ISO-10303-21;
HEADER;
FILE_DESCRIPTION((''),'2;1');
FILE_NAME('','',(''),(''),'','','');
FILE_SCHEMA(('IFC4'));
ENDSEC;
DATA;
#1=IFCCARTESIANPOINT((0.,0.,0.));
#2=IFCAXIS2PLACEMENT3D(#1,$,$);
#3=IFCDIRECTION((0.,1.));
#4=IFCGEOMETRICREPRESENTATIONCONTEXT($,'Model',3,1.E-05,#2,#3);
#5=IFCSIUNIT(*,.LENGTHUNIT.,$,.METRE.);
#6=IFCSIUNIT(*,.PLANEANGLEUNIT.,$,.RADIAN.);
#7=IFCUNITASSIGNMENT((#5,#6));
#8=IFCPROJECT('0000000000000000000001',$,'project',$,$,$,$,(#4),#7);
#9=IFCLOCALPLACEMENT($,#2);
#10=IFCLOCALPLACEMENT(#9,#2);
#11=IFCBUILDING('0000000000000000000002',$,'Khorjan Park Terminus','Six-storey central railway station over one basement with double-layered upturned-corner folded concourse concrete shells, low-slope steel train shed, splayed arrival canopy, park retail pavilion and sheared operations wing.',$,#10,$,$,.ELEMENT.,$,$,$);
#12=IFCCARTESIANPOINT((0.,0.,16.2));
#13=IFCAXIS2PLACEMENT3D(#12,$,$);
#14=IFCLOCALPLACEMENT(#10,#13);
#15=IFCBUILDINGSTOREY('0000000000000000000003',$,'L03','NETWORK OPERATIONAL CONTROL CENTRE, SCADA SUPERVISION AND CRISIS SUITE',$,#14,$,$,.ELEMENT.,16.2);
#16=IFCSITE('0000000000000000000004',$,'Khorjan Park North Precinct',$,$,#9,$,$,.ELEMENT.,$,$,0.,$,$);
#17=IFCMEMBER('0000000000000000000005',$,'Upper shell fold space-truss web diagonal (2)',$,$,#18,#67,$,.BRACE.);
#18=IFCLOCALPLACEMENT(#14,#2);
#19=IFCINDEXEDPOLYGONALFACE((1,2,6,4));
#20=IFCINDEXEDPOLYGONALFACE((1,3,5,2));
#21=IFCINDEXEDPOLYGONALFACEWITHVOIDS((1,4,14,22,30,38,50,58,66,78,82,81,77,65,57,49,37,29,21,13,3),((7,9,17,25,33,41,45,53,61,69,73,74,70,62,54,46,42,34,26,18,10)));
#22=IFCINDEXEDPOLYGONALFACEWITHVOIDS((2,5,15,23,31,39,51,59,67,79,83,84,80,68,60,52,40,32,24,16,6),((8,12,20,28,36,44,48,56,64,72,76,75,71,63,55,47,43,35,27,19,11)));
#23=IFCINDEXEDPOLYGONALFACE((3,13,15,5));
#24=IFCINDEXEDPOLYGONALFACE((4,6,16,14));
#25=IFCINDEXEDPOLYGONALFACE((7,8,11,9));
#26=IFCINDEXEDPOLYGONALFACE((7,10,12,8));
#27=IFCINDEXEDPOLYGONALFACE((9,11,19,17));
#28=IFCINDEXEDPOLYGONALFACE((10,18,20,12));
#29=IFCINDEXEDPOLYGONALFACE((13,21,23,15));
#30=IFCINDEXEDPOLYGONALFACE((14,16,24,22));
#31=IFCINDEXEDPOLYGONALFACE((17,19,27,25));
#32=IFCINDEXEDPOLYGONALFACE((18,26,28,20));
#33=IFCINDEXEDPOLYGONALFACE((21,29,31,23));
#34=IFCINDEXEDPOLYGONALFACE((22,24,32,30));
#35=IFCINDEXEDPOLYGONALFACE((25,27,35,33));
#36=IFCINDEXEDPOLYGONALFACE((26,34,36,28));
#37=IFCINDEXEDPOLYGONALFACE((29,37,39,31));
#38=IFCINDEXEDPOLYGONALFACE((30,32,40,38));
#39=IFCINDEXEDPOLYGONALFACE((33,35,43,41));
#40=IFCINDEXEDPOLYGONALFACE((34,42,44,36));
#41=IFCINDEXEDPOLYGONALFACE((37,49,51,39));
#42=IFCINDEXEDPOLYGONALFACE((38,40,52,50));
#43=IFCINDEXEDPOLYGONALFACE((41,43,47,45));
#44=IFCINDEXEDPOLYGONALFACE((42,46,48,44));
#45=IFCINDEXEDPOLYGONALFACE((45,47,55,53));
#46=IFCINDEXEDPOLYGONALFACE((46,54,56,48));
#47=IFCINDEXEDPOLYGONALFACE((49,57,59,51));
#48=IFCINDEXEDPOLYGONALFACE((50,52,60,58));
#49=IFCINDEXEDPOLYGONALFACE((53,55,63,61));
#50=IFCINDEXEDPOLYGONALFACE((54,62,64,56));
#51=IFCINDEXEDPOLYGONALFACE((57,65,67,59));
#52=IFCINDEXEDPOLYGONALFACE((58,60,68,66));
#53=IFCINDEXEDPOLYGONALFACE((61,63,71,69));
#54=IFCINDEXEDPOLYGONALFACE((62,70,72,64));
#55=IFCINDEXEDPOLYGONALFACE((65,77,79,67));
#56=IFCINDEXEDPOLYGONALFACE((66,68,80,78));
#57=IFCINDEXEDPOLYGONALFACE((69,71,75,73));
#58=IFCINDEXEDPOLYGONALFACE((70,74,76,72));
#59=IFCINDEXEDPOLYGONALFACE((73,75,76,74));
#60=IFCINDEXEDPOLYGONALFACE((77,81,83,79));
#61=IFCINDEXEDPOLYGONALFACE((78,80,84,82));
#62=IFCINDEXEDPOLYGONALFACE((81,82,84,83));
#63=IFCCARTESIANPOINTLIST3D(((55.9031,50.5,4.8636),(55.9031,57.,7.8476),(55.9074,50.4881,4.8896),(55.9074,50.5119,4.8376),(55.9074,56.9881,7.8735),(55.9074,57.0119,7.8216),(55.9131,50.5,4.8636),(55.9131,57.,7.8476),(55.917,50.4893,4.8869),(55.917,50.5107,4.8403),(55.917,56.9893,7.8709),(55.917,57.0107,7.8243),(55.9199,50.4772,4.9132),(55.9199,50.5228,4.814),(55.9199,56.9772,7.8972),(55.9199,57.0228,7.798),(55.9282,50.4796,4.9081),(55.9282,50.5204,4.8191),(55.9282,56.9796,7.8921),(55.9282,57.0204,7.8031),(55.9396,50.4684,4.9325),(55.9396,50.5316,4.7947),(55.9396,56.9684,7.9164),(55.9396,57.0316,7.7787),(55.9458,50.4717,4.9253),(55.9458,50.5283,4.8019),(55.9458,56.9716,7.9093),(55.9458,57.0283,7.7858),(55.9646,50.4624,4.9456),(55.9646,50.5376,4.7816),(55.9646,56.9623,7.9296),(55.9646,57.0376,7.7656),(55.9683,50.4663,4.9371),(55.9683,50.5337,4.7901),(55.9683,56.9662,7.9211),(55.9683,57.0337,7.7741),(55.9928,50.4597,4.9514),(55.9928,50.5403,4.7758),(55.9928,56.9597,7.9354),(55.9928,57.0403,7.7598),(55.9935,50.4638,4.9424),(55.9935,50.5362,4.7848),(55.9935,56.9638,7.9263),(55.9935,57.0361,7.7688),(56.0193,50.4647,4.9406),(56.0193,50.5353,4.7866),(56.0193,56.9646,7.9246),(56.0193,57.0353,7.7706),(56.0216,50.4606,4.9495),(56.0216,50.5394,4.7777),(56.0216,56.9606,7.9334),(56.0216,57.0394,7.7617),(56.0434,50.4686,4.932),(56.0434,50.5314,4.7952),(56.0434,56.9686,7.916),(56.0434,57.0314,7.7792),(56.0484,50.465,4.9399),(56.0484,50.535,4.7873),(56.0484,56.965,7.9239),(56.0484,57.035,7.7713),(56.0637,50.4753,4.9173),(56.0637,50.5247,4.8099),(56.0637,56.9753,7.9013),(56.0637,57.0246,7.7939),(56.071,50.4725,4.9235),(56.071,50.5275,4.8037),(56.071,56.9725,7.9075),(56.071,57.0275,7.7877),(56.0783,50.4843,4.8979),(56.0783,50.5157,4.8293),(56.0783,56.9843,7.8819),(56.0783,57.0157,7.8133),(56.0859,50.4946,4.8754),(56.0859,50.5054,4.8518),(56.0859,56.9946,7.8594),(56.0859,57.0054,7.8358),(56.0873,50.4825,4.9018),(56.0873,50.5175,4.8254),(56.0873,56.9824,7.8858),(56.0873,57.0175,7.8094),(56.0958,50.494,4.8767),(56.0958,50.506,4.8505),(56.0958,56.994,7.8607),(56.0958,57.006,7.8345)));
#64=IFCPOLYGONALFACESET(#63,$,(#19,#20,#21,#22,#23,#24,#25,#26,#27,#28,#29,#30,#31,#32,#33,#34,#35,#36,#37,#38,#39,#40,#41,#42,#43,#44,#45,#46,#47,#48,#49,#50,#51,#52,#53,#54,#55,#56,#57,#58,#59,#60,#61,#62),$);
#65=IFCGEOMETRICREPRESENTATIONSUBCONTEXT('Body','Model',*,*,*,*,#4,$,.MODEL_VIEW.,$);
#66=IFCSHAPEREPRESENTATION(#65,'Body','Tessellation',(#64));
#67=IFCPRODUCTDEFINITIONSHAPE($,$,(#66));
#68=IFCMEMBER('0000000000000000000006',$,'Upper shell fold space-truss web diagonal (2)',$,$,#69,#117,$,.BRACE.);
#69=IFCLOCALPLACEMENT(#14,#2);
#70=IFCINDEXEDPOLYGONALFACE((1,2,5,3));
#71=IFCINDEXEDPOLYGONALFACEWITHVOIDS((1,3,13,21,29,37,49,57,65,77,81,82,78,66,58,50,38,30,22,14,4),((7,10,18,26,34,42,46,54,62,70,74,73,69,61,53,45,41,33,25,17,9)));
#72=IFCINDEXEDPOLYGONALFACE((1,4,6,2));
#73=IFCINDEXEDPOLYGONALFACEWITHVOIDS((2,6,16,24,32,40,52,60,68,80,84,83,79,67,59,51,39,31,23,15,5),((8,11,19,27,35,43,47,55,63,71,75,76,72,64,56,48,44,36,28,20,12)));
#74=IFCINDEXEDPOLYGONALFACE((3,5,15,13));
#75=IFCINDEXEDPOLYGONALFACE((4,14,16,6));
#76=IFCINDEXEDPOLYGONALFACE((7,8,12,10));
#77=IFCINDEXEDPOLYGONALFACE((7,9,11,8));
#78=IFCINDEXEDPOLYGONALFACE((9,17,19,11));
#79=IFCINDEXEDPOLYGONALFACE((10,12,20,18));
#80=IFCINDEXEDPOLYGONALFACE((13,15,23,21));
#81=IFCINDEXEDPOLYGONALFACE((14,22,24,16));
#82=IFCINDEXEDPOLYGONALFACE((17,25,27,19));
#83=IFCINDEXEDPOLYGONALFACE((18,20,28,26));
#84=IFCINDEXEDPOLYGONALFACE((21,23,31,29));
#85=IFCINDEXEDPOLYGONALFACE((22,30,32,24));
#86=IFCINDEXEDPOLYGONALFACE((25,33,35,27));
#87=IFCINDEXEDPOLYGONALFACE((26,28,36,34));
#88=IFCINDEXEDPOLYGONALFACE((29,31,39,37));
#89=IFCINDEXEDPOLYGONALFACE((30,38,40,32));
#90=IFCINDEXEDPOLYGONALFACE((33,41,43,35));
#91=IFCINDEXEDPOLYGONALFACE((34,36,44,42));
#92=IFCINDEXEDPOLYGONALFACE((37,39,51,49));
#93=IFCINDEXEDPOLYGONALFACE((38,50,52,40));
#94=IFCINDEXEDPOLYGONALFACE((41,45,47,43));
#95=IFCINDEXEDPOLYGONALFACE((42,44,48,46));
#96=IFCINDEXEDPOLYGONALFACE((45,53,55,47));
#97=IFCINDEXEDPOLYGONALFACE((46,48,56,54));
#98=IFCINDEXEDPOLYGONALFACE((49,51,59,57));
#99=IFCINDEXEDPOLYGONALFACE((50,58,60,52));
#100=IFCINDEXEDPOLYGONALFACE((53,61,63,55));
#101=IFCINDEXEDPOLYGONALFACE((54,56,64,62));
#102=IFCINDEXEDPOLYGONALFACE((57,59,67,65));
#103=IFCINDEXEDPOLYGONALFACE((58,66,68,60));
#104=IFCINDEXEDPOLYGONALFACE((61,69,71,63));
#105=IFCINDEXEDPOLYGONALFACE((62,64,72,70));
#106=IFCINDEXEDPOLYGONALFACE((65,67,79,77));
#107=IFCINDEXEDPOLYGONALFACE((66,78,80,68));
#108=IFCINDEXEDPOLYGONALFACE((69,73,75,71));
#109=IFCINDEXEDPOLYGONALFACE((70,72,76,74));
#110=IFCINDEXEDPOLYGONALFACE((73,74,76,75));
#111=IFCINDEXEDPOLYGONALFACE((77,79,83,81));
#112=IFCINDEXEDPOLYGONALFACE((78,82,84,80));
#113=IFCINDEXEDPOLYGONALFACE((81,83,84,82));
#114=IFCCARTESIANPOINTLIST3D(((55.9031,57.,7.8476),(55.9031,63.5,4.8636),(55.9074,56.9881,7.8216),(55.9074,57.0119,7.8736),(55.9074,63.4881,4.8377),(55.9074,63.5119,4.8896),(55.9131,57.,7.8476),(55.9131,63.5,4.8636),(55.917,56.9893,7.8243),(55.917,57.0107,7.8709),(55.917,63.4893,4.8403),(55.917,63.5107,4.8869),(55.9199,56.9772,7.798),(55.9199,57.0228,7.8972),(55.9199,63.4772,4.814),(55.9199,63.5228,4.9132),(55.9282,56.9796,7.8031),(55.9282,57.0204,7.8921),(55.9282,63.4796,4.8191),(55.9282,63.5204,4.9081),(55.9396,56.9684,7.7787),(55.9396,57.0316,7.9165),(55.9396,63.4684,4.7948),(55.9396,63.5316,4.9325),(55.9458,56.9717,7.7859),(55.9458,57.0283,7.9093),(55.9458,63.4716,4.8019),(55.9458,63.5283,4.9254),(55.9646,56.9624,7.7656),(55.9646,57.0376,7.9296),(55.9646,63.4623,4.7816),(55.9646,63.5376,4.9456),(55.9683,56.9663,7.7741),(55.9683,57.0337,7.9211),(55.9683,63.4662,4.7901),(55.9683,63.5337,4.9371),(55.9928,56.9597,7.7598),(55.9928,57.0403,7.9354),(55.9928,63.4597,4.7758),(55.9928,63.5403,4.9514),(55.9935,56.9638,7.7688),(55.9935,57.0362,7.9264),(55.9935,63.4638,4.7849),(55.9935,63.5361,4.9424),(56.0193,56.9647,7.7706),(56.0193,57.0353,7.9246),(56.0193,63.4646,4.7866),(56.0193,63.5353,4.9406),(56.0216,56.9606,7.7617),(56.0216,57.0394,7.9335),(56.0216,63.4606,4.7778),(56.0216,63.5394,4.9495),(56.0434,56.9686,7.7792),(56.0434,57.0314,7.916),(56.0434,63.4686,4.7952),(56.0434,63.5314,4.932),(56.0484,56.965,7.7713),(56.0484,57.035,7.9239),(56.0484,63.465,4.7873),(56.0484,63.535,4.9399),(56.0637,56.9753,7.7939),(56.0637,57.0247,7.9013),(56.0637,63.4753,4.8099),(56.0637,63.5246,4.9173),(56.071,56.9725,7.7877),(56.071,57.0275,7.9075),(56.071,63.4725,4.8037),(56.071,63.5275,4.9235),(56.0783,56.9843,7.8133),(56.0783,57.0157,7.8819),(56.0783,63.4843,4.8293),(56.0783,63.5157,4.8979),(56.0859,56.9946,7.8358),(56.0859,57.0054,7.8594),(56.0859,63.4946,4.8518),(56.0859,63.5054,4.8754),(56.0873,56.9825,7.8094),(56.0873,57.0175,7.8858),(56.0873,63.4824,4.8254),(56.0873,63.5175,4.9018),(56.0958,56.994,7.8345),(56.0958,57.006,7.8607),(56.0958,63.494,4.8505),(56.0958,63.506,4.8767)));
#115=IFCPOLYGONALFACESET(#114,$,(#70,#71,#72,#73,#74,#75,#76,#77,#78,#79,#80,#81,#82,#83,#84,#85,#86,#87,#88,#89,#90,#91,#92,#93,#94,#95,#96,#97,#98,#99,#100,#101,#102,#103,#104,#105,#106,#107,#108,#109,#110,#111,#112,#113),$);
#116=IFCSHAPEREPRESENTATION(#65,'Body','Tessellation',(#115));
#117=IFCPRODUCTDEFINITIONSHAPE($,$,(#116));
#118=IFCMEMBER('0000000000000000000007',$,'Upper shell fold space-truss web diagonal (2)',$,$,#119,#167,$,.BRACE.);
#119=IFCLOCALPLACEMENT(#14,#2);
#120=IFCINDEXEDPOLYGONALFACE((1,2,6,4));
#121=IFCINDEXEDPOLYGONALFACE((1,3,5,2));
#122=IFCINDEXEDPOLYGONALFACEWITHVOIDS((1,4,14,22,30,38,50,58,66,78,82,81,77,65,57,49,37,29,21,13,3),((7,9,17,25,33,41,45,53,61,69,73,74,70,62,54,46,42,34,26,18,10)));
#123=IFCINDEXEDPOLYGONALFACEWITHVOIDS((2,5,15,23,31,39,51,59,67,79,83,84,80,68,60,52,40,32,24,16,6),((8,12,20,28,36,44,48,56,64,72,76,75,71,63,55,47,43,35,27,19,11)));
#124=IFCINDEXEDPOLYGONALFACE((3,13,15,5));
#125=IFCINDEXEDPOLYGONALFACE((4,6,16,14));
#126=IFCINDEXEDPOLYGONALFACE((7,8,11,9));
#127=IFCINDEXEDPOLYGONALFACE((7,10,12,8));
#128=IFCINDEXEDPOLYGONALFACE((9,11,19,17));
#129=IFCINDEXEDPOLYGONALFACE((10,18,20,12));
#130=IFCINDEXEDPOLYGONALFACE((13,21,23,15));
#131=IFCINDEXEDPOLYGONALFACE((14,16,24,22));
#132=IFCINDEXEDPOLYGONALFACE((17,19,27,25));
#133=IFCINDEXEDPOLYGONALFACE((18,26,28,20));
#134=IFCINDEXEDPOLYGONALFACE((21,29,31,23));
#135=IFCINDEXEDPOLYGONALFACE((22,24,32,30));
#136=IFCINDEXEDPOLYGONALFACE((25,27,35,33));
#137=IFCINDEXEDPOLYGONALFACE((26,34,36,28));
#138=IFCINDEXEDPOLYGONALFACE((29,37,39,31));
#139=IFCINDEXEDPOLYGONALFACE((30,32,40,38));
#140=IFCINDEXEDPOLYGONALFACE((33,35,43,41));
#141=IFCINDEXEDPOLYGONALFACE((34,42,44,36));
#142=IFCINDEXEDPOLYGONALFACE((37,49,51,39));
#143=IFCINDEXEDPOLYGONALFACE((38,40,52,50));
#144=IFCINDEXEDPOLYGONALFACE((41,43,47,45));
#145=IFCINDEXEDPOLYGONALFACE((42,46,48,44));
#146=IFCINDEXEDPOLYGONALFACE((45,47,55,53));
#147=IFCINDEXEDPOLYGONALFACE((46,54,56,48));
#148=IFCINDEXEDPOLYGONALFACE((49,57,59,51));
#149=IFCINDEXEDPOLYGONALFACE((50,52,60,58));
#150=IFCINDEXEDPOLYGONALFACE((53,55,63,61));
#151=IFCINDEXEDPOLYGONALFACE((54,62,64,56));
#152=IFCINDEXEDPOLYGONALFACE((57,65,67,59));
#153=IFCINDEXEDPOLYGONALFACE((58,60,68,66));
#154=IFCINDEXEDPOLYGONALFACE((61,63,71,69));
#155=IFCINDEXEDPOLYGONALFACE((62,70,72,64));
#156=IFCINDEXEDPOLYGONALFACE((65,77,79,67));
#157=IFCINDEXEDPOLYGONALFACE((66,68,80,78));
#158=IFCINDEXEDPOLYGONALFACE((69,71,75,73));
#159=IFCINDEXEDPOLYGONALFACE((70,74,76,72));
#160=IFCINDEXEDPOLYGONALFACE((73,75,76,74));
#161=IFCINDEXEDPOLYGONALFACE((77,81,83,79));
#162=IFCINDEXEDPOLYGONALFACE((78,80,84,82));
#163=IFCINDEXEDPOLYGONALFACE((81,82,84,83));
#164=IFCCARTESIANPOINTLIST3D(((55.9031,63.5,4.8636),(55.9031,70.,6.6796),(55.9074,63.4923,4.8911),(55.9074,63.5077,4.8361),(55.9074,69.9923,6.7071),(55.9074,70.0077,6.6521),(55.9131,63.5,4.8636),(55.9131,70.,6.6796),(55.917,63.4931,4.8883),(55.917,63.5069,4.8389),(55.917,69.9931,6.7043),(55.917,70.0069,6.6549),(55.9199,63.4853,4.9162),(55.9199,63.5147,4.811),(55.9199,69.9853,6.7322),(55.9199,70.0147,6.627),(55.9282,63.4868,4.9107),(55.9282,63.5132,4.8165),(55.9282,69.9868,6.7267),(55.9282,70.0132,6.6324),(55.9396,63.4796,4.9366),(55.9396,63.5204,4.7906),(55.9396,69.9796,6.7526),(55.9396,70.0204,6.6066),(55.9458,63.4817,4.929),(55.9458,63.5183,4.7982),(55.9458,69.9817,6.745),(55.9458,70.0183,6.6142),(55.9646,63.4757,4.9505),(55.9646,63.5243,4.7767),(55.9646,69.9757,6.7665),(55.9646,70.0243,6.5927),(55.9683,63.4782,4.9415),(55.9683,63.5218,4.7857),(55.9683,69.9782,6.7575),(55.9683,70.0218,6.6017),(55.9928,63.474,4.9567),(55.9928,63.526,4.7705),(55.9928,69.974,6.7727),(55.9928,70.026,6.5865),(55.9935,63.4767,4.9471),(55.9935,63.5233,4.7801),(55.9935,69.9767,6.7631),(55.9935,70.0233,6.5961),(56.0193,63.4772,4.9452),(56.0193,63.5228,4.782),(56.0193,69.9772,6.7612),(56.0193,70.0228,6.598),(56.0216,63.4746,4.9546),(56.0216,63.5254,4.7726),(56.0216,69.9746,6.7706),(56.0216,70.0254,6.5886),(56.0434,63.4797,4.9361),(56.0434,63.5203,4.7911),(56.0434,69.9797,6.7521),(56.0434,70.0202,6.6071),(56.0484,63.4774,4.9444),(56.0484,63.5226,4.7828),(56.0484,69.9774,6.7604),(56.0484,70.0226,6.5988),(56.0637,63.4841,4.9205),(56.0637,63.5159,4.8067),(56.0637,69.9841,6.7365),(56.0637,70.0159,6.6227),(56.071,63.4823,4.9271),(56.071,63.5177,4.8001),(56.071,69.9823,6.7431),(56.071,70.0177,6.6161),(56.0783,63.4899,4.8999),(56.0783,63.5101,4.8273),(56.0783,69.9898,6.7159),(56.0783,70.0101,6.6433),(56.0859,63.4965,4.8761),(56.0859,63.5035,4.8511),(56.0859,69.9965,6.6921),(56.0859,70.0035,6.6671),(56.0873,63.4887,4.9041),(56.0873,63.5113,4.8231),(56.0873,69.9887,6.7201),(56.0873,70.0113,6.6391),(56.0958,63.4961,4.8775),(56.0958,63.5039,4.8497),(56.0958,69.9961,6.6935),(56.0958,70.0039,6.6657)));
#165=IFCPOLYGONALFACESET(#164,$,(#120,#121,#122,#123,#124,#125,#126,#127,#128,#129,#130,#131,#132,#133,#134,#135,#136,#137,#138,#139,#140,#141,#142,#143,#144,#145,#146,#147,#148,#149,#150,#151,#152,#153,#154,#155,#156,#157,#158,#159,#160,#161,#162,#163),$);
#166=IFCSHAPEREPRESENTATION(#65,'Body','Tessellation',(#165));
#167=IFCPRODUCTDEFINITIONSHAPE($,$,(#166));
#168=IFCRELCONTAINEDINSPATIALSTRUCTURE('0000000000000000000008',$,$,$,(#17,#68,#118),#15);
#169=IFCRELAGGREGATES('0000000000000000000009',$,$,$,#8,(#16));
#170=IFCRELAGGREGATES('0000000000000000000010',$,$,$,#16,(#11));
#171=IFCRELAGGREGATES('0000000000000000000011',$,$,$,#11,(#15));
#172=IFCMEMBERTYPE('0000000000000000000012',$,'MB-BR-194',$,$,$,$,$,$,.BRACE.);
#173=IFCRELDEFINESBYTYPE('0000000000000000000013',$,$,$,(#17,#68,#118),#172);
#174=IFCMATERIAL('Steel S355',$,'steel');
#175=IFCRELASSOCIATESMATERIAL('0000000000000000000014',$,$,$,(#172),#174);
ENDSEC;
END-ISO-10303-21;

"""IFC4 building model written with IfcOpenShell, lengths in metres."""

from ifc_helpers import new_model, si_unit, direction, frame, origin, origin_2d, place, context, subcontext, project, spatial, hollow_circle, extrude, material, material_profile, profile_set, type_object, element, save


model = new_model("IFC4")

# Units and contexts
model_context = context("Model", 3, precision=1e-05, world=origin(), true_north=direction((0.0, 1.0)))
body_context = subcontext(model_context, "Body", "Model", "MODEL_VIEW")
ifc_project = project(units=[si_unit("LENGTHUNIT", "METRE"), si_unit("PLANEANGLEUNIT", "RADIAN")], contexts=[model_context])

# Site, building, storey
site_placement = place(None, origin())
site = spatial("IfcSite", under=ifc_project, at=site_placement, Name="Khorjan Park North Precinct", CompositionType="ELEMENT", RefElevation=0.0)
building_placement = place(site_placement, origin())
building = spatial("IfcBuilding", under=site, at=building_placement, Name="Khorjan Park Terminus", Description="Six-storey central railway station over one basement with double-layered upturned-corner folded concourse concrete shells, low-slope steel train shed, splayed arrival canopy, park retail pavilion and sheared operations wing.", CompositionType="ELEMENT")
storey_placement = place(building_placement, frame((0.0, 0.0, 16.2)))
storey = spatial("IfcBuildingStorey", under=building, at=storey_placement, Name="L03", Description="NETWORK OPERATIONAL CONTROL CENTRE, SCADA SUPERVISION AND CRISIS SUITE", CompositionType="ELEMENT", Elevation=16.2)

# Members
ifc_material = material(Name="Steel S355", Category="steel")
ifc_material_profile_1 = material_profile(ifc_material, hollow_circle(Radius=0.0969, WallThickness=0.01, at=origin_2d()), Name="CHS 193.7x10")
ifc_profile_set_1 = profile_set([ifc_material_profile_1], Name="Steel S355")
member_type_1 = type_object("IfcMemberType", Name="MB-BR-194", PredefinedType="BRACE", material=ifc_profile_set_1)
for number, where, z_axis, x_axis, name in (
    (1, (56.0, 50.5, 4.8636), (0.0, 0.908809, 0.417213), (-1.0, 0.0, 0.0), "Upper shell fold space-truss web diagonal (2)"),
    (2, (56.0, 57.0, 7.8476), (0.0, 0.908809, -0.417213), (-1.0, 0.0, 0.0), "Upper shell fold space-truss web diagonal (2)"),
):
    element("IfcMember", number, at=place(storey_placement, frame(where, z_axis=z_axis, x_axis=x_axis)), inside=storey, type_object=member_type_1, Name=name, PredefinedType="BRACE", context=body_context, shape_type="SweptSolid", body=[
        extrude(hollow_circle(Radius=0.0969, WallThickness=0.01, at=origin_2d()), origin(), (0.0, 0.0, 1.0), 7.1522),
    ])
member_1_placement = place(storey_placement, frame((56.0, 63.5, 4.8636), z_axis=(0.0, 0.963118, 0.26908), x_axis=(-1.0, 0.0, 0.0)))
element("IfcMember", 3, at=member_1_placement, inside=storey, type_object=member_type_1, Name="Upper shell fold space-truss web diagonal (2)", PredefinedType="BRACE", context=body_context, shape_type="SweptSolid", body=[
    extrude(hollow_circle(Radius=0.0969, WallThickness=0.01, at=origin_2d()), origin(), (0.0, 0.0, 1.0), 6.7489),
])

save(model, "model.ifc")
